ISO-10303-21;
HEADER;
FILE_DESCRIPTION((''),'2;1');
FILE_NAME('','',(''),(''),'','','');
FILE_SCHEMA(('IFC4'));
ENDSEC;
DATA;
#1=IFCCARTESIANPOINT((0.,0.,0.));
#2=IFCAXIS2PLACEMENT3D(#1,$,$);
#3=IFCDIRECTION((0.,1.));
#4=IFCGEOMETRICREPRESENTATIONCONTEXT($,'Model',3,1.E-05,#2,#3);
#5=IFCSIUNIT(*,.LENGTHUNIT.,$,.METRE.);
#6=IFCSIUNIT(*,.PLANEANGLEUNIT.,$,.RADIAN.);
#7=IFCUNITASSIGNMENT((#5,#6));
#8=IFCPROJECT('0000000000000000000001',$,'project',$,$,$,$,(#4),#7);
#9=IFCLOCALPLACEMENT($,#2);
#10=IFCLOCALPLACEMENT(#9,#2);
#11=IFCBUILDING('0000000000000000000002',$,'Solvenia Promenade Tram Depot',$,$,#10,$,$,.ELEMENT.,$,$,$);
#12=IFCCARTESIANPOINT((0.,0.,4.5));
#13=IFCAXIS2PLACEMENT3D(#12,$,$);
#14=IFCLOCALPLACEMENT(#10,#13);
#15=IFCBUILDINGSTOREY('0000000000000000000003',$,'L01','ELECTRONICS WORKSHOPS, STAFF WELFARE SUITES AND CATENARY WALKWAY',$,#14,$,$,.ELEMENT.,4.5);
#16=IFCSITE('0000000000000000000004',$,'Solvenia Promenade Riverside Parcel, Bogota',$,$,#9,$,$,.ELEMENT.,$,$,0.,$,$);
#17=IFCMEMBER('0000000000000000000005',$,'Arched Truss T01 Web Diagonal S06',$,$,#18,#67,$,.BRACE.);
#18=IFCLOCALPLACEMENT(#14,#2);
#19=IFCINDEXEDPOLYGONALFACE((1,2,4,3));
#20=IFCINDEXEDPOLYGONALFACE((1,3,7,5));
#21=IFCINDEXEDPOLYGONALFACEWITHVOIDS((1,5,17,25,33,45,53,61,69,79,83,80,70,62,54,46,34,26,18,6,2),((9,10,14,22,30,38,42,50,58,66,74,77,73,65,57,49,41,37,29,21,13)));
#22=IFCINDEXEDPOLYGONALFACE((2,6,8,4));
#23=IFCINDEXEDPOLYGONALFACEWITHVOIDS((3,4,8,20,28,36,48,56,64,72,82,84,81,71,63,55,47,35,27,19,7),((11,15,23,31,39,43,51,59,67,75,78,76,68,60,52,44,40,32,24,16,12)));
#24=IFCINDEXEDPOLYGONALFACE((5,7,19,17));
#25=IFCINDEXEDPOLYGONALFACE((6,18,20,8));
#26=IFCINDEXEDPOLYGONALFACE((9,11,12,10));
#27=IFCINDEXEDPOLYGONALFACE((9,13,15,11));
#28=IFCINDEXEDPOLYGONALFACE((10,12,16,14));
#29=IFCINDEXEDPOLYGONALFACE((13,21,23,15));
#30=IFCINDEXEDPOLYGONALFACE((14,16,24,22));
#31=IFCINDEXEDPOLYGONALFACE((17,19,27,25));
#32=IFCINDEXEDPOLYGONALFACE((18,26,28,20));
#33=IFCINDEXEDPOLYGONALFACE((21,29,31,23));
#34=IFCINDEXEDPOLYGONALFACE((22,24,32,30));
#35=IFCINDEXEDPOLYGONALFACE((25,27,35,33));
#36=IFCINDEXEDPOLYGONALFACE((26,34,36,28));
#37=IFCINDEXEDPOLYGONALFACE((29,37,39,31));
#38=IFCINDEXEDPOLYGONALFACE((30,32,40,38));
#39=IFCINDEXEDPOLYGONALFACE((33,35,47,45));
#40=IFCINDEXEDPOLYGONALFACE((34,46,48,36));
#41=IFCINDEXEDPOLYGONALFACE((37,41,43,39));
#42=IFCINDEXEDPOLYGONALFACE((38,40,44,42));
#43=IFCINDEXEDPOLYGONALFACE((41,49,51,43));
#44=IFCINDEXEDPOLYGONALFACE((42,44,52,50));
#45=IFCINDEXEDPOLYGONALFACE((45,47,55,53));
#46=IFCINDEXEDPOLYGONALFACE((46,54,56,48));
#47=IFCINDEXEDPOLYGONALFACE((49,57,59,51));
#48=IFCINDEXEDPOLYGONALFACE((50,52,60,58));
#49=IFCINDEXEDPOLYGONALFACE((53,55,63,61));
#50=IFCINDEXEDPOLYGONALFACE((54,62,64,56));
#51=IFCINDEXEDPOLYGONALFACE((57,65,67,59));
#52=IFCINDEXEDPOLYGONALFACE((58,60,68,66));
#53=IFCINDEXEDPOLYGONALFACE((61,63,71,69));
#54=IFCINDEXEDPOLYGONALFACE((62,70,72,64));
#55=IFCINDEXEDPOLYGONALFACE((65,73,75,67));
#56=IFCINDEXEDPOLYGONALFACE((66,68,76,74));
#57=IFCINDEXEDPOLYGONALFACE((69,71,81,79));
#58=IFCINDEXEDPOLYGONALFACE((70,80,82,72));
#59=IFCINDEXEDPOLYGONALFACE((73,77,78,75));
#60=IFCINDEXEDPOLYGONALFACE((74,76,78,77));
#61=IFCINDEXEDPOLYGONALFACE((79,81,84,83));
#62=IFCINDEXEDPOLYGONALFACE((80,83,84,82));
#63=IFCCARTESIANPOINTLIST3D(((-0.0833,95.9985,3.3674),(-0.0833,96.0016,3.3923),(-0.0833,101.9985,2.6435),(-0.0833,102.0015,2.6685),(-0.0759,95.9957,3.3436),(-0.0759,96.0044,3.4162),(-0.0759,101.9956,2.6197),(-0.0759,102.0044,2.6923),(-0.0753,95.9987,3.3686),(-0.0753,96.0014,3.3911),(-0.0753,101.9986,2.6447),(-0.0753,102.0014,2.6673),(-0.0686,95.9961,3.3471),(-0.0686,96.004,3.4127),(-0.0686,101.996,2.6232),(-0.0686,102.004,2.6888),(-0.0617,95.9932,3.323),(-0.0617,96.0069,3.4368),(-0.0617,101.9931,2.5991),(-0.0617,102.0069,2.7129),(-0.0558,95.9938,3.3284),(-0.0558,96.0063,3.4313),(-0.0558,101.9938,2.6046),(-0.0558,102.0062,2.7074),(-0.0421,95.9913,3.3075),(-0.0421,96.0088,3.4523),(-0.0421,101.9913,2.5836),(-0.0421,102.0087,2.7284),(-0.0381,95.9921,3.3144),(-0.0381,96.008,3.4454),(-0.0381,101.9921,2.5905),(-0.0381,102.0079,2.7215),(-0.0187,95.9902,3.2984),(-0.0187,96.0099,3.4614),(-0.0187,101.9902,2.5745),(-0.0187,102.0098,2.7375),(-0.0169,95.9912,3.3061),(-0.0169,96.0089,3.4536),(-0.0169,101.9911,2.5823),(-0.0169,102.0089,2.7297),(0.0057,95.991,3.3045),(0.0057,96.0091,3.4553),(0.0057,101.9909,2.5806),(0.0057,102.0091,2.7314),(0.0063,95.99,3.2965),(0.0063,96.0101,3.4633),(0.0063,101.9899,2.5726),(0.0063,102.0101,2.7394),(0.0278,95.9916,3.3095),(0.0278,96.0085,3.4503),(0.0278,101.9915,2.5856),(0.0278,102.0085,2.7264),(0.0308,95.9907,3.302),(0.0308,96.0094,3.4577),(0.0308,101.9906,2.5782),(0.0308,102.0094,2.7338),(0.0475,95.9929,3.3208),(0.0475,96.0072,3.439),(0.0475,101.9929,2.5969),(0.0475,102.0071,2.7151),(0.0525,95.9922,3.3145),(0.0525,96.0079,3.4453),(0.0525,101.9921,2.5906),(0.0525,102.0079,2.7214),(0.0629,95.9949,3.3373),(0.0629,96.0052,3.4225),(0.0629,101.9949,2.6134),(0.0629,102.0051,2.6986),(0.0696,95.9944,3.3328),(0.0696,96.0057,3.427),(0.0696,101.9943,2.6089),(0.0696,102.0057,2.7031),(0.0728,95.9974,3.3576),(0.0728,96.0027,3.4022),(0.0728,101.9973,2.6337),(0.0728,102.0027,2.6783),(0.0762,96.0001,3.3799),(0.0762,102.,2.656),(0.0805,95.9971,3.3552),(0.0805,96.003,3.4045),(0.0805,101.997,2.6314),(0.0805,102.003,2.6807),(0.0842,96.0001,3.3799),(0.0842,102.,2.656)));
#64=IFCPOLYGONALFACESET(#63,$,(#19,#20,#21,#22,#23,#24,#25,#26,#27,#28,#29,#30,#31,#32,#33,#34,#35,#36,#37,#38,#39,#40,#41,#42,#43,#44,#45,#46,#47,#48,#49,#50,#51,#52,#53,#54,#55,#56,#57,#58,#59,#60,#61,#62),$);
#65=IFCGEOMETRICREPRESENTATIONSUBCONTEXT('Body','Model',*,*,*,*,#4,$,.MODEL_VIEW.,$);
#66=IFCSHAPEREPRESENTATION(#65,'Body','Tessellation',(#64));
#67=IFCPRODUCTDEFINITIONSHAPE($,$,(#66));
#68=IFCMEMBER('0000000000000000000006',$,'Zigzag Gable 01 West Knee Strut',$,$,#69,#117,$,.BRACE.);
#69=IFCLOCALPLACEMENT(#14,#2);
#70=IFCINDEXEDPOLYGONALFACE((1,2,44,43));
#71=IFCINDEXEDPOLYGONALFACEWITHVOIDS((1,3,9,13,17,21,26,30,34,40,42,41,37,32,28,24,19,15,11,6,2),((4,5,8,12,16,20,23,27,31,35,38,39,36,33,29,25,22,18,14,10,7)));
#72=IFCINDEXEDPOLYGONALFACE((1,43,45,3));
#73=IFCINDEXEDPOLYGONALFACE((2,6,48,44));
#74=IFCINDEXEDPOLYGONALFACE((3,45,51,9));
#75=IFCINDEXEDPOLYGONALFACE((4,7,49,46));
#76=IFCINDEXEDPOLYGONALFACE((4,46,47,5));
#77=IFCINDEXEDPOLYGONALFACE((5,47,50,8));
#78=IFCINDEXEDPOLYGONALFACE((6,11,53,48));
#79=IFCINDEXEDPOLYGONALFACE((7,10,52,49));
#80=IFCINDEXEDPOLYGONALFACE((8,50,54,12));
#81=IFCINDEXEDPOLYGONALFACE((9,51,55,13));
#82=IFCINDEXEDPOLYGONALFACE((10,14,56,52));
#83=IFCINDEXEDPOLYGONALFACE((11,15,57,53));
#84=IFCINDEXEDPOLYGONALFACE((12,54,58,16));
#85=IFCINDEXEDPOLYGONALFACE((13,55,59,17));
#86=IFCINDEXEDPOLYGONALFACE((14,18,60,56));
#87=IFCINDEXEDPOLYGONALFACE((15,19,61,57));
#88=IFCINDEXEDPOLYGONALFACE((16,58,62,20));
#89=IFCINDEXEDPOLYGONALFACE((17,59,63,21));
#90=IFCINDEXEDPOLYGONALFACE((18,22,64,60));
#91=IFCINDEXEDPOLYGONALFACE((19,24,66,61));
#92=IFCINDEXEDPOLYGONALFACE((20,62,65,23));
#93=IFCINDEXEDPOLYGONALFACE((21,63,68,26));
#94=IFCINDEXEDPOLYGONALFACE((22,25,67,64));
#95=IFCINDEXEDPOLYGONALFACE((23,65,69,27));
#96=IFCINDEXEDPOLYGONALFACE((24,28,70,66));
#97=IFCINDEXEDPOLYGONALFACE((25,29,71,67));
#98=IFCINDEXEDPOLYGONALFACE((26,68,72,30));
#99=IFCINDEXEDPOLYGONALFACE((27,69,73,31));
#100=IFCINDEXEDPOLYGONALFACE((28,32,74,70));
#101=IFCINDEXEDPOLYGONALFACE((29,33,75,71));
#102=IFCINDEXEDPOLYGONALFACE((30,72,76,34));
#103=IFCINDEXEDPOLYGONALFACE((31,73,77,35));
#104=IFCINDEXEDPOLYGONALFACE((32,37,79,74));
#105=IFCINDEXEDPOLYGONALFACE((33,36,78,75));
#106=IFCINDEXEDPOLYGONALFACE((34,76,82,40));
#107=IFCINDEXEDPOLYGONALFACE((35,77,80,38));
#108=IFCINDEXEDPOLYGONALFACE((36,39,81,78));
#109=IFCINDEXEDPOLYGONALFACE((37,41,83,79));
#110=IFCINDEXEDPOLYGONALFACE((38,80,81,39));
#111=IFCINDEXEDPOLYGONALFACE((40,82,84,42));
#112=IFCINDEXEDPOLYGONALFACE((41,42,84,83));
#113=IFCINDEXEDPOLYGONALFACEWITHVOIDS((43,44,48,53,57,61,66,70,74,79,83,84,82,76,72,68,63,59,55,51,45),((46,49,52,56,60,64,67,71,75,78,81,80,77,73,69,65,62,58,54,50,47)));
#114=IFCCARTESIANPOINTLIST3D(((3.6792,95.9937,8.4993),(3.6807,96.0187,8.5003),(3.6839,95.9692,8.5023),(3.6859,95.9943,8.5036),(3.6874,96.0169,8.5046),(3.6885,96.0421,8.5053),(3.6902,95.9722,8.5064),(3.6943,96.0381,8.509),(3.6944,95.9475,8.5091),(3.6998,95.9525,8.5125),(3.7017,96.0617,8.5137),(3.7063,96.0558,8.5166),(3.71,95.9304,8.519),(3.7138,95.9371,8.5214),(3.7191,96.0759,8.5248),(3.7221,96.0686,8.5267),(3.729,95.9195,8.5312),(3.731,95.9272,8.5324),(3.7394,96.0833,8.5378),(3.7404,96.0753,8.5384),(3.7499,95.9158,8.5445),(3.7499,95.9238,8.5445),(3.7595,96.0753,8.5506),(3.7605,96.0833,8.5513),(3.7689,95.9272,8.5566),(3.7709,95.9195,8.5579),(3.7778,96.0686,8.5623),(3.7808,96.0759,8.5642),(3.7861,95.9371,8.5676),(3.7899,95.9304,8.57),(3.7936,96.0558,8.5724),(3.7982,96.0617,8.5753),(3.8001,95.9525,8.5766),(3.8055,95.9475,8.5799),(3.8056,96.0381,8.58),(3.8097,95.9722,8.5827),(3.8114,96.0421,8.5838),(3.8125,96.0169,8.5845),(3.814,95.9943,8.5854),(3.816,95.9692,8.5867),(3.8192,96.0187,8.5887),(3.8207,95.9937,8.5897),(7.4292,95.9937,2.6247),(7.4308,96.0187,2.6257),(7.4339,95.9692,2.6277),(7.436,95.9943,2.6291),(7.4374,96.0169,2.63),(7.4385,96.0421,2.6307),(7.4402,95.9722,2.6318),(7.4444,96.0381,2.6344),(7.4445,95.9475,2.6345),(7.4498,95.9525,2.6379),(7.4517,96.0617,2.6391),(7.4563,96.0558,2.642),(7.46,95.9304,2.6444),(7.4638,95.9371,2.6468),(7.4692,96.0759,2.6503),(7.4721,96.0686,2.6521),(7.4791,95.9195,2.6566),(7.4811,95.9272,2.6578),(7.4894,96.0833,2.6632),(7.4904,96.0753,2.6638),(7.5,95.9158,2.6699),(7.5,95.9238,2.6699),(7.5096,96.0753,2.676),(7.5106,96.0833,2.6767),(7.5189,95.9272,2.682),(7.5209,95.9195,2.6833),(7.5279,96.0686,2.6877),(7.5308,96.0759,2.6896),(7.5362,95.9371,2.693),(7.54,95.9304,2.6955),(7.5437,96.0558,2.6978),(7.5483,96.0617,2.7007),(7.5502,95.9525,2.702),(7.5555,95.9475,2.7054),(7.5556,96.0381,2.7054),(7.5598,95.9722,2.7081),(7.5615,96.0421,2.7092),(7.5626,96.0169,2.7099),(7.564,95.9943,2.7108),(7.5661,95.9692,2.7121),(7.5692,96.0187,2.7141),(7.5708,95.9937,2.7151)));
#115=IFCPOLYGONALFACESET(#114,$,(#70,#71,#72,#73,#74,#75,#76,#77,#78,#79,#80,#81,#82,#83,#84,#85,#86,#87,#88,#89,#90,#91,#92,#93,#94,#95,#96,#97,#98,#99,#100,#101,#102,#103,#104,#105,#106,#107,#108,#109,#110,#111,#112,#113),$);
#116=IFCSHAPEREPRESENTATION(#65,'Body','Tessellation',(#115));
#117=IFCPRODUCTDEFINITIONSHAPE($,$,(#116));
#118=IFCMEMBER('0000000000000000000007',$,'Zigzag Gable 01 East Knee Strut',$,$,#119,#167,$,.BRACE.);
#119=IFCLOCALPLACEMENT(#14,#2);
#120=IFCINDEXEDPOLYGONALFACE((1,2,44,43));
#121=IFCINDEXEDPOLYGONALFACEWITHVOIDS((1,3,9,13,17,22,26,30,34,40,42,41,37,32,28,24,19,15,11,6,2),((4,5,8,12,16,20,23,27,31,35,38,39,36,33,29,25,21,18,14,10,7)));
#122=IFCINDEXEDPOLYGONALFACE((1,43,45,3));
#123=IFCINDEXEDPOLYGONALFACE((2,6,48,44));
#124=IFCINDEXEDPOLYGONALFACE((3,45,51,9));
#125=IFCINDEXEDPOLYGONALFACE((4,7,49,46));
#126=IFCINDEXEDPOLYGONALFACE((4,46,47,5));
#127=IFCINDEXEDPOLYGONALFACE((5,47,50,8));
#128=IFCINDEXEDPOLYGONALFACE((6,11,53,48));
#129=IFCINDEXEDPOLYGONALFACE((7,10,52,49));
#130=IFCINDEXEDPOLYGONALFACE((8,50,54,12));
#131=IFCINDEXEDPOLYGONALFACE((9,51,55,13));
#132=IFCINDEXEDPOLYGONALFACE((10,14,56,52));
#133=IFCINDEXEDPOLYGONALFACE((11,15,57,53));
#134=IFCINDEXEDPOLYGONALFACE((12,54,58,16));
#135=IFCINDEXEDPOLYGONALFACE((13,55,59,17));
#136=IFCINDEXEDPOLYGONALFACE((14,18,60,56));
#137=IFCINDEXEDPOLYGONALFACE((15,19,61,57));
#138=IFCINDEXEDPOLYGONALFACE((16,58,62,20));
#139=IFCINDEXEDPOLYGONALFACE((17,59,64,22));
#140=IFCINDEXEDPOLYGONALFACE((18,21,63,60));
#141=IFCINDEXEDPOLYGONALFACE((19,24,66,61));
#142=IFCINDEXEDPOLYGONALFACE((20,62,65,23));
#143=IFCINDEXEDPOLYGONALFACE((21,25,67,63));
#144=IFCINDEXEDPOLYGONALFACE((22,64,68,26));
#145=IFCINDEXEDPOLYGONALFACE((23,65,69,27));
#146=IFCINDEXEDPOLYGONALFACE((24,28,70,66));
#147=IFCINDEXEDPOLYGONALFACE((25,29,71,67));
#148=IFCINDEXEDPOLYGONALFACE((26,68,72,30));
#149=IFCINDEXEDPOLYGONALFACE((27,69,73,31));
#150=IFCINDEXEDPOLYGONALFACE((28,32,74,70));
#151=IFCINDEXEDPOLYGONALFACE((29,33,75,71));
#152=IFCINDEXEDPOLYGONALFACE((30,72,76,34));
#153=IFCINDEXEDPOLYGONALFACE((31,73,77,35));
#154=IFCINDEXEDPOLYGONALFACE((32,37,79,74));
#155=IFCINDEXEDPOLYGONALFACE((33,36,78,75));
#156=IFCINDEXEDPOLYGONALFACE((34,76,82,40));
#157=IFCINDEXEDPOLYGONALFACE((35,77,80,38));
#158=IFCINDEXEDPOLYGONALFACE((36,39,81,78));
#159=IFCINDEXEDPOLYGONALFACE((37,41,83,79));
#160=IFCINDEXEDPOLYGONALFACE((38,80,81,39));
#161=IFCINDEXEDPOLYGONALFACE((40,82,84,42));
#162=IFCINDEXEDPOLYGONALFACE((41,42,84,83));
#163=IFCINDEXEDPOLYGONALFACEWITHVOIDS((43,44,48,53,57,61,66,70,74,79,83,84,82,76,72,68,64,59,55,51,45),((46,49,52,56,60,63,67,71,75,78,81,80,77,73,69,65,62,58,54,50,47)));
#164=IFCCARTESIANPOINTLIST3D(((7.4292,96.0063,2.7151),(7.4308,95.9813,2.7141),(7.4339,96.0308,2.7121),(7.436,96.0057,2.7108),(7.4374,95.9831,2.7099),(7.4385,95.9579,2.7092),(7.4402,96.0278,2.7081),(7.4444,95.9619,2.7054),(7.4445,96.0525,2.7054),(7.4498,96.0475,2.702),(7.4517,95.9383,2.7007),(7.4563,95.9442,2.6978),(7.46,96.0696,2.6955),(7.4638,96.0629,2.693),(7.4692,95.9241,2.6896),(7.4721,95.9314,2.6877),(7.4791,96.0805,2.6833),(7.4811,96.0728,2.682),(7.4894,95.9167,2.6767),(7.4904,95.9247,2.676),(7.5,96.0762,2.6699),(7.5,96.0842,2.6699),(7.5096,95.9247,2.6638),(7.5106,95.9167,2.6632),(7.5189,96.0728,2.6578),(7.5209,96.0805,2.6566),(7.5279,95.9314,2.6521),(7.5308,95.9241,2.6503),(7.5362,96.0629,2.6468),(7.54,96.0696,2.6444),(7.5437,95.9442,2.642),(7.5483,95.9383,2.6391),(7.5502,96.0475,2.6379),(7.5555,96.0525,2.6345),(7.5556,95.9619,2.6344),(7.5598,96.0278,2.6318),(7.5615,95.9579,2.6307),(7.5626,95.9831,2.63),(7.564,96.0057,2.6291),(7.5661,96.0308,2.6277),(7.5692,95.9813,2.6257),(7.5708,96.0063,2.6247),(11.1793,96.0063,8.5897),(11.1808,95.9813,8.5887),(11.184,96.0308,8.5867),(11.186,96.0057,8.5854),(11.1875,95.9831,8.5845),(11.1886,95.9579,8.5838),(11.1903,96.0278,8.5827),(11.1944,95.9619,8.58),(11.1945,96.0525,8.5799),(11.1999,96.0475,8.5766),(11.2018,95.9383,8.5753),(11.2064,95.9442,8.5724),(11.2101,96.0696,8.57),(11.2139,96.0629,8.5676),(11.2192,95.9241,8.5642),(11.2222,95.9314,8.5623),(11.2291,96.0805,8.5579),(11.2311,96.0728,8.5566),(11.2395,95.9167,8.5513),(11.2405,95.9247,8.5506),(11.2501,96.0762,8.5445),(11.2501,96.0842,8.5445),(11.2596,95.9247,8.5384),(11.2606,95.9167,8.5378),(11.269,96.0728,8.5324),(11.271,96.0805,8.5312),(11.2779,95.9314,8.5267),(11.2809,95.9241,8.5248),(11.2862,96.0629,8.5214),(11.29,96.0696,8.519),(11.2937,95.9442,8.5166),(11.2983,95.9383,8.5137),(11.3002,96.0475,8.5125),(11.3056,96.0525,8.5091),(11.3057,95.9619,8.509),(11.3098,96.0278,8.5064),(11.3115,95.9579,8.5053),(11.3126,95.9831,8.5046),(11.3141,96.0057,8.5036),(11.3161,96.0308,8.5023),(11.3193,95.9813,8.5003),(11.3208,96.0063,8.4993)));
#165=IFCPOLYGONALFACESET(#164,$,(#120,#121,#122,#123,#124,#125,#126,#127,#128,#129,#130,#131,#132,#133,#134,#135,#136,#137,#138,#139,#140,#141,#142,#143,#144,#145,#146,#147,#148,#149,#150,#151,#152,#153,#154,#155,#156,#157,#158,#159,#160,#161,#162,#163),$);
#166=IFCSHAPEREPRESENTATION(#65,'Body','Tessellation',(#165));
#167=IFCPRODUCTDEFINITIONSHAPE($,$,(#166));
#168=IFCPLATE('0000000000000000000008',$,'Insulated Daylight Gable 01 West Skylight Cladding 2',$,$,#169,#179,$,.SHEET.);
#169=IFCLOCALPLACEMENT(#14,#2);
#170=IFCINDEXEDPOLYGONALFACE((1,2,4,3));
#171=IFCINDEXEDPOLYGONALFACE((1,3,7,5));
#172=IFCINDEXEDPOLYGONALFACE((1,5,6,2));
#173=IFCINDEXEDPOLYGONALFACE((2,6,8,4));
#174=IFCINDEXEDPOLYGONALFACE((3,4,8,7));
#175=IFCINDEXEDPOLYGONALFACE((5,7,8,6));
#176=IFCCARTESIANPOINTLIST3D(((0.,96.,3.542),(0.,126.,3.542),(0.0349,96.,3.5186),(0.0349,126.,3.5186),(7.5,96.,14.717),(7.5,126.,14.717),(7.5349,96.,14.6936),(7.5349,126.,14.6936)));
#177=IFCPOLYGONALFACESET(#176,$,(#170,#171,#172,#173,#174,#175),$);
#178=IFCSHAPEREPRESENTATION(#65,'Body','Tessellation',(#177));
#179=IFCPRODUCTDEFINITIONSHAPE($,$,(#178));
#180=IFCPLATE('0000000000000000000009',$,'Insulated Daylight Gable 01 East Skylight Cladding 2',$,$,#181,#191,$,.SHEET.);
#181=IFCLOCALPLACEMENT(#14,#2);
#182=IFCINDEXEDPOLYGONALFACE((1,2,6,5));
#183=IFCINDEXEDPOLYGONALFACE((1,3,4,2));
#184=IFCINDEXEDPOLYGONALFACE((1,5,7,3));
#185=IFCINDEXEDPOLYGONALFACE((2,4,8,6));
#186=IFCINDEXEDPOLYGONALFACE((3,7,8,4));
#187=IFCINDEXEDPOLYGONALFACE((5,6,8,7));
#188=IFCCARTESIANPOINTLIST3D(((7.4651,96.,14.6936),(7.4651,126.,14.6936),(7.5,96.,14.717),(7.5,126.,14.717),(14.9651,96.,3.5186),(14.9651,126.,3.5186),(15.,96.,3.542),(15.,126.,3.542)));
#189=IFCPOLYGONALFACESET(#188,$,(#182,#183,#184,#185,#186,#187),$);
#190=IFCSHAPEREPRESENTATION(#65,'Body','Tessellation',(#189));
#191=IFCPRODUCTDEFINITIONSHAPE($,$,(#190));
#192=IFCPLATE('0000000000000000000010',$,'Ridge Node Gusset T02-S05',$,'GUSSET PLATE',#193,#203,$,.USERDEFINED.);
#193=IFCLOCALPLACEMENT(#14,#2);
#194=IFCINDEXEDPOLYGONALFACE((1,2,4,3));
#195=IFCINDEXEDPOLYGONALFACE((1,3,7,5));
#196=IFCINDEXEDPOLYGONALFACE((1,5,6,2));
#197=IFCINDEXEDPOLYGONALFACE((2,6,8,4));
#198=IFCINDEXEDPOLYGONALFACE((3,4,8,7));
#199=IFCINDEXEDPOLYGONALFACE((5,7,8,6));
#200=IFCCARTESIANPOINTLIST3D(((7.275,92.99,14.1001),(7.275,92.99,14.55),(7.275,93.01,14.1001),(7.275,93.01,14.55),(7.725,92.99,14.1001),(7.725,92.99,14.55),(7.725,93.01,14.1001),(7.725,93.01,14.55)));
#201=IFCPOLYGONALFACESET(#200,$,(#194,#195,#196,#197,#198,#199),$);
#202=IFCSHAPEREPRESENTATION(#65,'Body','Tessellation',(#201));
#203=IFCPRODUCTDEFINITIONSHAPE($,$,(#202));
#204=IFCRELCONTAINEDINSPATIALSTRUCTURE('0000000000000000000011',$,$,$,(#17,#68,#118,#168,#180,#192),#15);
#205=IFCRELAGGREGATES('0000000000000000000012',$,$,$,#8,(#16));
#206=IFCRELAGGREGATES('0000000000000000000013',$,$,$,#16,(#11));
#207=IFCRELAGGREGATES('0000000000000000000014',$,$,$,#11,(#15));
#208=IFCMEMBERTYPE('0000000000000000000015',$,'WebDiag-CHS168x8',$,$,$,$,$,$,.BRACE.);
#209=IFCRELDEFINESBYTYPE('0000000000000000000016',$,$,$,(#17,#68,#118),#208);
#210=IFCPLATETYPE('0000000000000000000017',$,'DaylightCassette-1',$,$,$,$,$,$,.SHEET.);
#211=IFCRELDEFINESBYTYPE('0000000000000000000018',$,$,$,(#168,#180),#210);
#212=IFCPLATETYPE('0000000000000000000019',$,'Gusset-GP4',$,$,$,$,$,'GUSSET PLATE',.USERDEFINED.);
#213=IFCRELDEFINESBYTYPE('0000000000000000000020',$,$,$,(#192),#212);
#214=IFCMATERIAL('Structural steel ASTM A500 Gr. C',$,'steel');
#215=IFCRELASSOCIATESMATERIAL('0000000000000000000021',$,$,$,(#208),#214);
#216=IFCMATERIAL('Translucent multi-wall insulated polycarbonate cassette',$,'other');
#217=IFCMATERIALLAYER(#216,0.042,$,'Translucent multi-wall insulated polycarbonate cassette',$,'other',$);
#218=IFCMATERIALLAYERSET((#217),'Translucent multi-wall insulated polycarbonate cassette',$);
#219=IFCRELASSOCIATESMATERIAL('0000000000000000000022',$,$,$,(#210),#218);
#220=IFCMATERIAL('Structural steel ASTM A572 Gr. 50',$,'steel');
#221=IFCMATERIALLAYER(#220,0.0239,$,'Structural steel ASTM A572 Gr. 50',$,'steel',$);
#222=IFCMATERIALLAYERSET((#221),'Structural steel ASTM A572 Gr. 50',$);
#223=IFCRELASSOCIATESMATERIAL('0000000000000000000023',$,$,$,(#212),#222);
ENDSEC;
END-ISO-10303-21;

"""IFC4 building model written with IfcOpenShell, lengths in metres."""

from ifc_helpers import new_model, si_unit, direction, frame, origin, origin_2d, place, context, subcontext, project, spatial, polyline, rectangle, hollow_circle, outline, extrude, material, layer, layer_set, material_profile, profile_set, type_object, element, save


model = new_model("IFC4")

# Units and contexts
model_context = context("Model", 3, precision=1e-05, world=origin(), true_north=direction((0.0, 1.0)))
body_context = subcontext(model_context, "Body", "Model", "MODEL_VIEW")
ifc_project = project(units=[si_unit("LENGTHUNIT", "METRE"), si_unit("PLANEANGLEUNIT", "RADIAN")], contexts=[model_context])

# Site, building, storey
site_placement = place(None, origin())
site = spatial("IfcSite", under=ifc_project, at=site_placement, Name="Solvenia Promenade Riverside Parcel, Bogota", CompositionType="ELEMENT", RefElevation=0.0)
building_placement = place(site_placement, origin())
building = spatial("IfcBuilding", under=site, at=building_placement, Name="Solvenia Promenade Tram Depot", CompositionType="ELEMENT")
storey_placement = place(building_placement, frame((0.0, 0.0, 4.5)))
storey = spatial("IfcBuildingStorey", under=building, at=storey_placement, Name="L01", Description="ELECTRONICS WORKSHOPS, STAFF WELFARE SUITES AND CATENARY WALKWAY", CompositionType="ELEMENT", Elevation=4.5)

# Shared definitions
ifc_material_1 = material(Name="Structural steel ASTM A500 Gr. C", Category="steel")

# Members
ifc_material_profile_1 = material_profile(ifc_material_1, hollow_circle(Radius=0.0842, WallThickness=0.0081, at=origin_2d()), Name="CHS168.3x8", Category="steel")
ifc_profile_set_1 = profile_set([ifc_material_profile_1], Name="Structural steel ASTM A500 Gr. C")
member_type_1 = type_object("IfcMemberType", Name="WebDiag-CHS168x8", PredefinedType="BRACE", material=ifc_profile_set_1)
member_1_placement = place(storey_placement, frame((0.0, 102.0, 2.656), z_axis=(0.0, -0.992801, 0.119778), x_axis=(1.0, 0.0, 0.0)))
element("IfcMember", 1, at=member_1_placement, inside=storey, type_object=member_type_1, Name="Arched Truss T01 Web Diagonal S06", PredefinedType="BRACE", context=body_context, shape_type="SweptSolid", body=[
    extrude(hollow_circle(Radius=0.0842, WallThickness=0.0081, at=origin_2d()), origin(), (0.0, 0.0, 1.0), 6.0435),
])
for number, where, z_axis, x_axis, name in (
    (2, (7.5, 96.0, 2.6699), (-0.538067, 0.0, 0.842902), (0.0, -1.0, 0.0), "Zigzag Gable 01 West Knee Strut"),
    (3, (7.5, 96.0, 2.6699), (0.538067, 0.0, 0.842902), (0.0, 1.0, 0.0), "Zigzag Gable 01 East Knee Strut"),
):
    element("IfcMember", number, at=place(storey_placement, frame(where, z_axis=z_axis, x_axis=x_axis)), inside=storey, type_object=member_type_1, Name=name, PredefinedType="BRACE", context=body_context, shape_type="SweptSolid", body=[
        extrude(hollow_circle(Radius=0.0842, WallThickness=0.0081, at=origin_2d()), origin(), (0.0, 0.0, 1.0), 6.9695),
    ])

# Plates
ifc_material_2 = material(Name="Translucent multi-wall insulated polycarbonate cassette", Category="other")
ifc_layer_1 = layer(ifc_material_2, 0.042, Name="Translucent multi-wall insulated polycarbonate cassette", Category="other")
ifc_layer_set_1 = layer_set([ifc_layer_1], Name="Translucent multi-wall insulated polycarbonate cassette")
plate_type_1 = type_object("IfcPlateType", Name="DaylightCassette-1", PredefinedType="SHEET", material=ifc_layer_set_1)
for number, where, z_axis, x_axis, name in (
    (4, (0.0, 96.0, 3.542), (-0.830333, 0.0, 0.557268), (0.0, 1.0, 0.0), "Insulated Daylight Gable 01 West Skylight Cladding 2"),
    (5, (7.5, 96.0, 14.717), (0.830333, 0.0, 0.557268), (0.0, 1.0, 0.0), "Insulated Daylight Gable 01 East Skylight Cladding 2"),
):
    element("IfcPlate", number, at=place(storey_placement, frame(where, z_axis=z_axis, x_axis=x_axis)), inside=storey, type_object=plate_type_1, Name=name, PredefinedType="SHEET", context=body_context, shape_type="SweptSolid", body=[
        extrude(outline(polyline([(0.0, 0.0), (30.0, 0.0), (30.0, -13.4585), (0.0, -13.4585), (0.0, 0.0)])), origin(), (0.0, 0.0, -1.0), 0.042),
    ])
ifc_material_3 = material(Name="Structural steel ASTM A572 Gr. 50", Category="steel")
ifc_layer_2 = layer(ifc_material_3, 0.0239, Name="Structural steel ASTM A572 Gr. 50", Category="steel")
ifc_layer_set_2 = layer_set([ifc_layer_2], Name="Structural steel ASTM A572 Gr. 50")
plate_type_2 = type_object("IfcPlateType", Name="Gusset-GP4", ElementType="GUSSET PLATE", PredefinedType="USERDEFINED", material=ifc_layer_set_2)
plate_placement = place(storey_placement, frame((7.5, 93.0, 14.1001), z_axis=(0.0, 0.0, 1.0), x_axis=(1.0, 0.0, 0.0)))
element("IfcPlate", 6, at=plate_placement, inside=storey, type_object=plate_type_2, Name="Ridge Node Gusset T02-S05", ObjectType="GUSSET PLATE", PredefinedType="USERDEFINED", context=body_context, shape_type="SweptSolid", body=[
    extrude(rectangle(XDim=0.45, YDim=0.02, at=origin_2d()), origin(), (0.0, 0.0, 1.0), 0.45),
])

save(model, "model.ifc")
